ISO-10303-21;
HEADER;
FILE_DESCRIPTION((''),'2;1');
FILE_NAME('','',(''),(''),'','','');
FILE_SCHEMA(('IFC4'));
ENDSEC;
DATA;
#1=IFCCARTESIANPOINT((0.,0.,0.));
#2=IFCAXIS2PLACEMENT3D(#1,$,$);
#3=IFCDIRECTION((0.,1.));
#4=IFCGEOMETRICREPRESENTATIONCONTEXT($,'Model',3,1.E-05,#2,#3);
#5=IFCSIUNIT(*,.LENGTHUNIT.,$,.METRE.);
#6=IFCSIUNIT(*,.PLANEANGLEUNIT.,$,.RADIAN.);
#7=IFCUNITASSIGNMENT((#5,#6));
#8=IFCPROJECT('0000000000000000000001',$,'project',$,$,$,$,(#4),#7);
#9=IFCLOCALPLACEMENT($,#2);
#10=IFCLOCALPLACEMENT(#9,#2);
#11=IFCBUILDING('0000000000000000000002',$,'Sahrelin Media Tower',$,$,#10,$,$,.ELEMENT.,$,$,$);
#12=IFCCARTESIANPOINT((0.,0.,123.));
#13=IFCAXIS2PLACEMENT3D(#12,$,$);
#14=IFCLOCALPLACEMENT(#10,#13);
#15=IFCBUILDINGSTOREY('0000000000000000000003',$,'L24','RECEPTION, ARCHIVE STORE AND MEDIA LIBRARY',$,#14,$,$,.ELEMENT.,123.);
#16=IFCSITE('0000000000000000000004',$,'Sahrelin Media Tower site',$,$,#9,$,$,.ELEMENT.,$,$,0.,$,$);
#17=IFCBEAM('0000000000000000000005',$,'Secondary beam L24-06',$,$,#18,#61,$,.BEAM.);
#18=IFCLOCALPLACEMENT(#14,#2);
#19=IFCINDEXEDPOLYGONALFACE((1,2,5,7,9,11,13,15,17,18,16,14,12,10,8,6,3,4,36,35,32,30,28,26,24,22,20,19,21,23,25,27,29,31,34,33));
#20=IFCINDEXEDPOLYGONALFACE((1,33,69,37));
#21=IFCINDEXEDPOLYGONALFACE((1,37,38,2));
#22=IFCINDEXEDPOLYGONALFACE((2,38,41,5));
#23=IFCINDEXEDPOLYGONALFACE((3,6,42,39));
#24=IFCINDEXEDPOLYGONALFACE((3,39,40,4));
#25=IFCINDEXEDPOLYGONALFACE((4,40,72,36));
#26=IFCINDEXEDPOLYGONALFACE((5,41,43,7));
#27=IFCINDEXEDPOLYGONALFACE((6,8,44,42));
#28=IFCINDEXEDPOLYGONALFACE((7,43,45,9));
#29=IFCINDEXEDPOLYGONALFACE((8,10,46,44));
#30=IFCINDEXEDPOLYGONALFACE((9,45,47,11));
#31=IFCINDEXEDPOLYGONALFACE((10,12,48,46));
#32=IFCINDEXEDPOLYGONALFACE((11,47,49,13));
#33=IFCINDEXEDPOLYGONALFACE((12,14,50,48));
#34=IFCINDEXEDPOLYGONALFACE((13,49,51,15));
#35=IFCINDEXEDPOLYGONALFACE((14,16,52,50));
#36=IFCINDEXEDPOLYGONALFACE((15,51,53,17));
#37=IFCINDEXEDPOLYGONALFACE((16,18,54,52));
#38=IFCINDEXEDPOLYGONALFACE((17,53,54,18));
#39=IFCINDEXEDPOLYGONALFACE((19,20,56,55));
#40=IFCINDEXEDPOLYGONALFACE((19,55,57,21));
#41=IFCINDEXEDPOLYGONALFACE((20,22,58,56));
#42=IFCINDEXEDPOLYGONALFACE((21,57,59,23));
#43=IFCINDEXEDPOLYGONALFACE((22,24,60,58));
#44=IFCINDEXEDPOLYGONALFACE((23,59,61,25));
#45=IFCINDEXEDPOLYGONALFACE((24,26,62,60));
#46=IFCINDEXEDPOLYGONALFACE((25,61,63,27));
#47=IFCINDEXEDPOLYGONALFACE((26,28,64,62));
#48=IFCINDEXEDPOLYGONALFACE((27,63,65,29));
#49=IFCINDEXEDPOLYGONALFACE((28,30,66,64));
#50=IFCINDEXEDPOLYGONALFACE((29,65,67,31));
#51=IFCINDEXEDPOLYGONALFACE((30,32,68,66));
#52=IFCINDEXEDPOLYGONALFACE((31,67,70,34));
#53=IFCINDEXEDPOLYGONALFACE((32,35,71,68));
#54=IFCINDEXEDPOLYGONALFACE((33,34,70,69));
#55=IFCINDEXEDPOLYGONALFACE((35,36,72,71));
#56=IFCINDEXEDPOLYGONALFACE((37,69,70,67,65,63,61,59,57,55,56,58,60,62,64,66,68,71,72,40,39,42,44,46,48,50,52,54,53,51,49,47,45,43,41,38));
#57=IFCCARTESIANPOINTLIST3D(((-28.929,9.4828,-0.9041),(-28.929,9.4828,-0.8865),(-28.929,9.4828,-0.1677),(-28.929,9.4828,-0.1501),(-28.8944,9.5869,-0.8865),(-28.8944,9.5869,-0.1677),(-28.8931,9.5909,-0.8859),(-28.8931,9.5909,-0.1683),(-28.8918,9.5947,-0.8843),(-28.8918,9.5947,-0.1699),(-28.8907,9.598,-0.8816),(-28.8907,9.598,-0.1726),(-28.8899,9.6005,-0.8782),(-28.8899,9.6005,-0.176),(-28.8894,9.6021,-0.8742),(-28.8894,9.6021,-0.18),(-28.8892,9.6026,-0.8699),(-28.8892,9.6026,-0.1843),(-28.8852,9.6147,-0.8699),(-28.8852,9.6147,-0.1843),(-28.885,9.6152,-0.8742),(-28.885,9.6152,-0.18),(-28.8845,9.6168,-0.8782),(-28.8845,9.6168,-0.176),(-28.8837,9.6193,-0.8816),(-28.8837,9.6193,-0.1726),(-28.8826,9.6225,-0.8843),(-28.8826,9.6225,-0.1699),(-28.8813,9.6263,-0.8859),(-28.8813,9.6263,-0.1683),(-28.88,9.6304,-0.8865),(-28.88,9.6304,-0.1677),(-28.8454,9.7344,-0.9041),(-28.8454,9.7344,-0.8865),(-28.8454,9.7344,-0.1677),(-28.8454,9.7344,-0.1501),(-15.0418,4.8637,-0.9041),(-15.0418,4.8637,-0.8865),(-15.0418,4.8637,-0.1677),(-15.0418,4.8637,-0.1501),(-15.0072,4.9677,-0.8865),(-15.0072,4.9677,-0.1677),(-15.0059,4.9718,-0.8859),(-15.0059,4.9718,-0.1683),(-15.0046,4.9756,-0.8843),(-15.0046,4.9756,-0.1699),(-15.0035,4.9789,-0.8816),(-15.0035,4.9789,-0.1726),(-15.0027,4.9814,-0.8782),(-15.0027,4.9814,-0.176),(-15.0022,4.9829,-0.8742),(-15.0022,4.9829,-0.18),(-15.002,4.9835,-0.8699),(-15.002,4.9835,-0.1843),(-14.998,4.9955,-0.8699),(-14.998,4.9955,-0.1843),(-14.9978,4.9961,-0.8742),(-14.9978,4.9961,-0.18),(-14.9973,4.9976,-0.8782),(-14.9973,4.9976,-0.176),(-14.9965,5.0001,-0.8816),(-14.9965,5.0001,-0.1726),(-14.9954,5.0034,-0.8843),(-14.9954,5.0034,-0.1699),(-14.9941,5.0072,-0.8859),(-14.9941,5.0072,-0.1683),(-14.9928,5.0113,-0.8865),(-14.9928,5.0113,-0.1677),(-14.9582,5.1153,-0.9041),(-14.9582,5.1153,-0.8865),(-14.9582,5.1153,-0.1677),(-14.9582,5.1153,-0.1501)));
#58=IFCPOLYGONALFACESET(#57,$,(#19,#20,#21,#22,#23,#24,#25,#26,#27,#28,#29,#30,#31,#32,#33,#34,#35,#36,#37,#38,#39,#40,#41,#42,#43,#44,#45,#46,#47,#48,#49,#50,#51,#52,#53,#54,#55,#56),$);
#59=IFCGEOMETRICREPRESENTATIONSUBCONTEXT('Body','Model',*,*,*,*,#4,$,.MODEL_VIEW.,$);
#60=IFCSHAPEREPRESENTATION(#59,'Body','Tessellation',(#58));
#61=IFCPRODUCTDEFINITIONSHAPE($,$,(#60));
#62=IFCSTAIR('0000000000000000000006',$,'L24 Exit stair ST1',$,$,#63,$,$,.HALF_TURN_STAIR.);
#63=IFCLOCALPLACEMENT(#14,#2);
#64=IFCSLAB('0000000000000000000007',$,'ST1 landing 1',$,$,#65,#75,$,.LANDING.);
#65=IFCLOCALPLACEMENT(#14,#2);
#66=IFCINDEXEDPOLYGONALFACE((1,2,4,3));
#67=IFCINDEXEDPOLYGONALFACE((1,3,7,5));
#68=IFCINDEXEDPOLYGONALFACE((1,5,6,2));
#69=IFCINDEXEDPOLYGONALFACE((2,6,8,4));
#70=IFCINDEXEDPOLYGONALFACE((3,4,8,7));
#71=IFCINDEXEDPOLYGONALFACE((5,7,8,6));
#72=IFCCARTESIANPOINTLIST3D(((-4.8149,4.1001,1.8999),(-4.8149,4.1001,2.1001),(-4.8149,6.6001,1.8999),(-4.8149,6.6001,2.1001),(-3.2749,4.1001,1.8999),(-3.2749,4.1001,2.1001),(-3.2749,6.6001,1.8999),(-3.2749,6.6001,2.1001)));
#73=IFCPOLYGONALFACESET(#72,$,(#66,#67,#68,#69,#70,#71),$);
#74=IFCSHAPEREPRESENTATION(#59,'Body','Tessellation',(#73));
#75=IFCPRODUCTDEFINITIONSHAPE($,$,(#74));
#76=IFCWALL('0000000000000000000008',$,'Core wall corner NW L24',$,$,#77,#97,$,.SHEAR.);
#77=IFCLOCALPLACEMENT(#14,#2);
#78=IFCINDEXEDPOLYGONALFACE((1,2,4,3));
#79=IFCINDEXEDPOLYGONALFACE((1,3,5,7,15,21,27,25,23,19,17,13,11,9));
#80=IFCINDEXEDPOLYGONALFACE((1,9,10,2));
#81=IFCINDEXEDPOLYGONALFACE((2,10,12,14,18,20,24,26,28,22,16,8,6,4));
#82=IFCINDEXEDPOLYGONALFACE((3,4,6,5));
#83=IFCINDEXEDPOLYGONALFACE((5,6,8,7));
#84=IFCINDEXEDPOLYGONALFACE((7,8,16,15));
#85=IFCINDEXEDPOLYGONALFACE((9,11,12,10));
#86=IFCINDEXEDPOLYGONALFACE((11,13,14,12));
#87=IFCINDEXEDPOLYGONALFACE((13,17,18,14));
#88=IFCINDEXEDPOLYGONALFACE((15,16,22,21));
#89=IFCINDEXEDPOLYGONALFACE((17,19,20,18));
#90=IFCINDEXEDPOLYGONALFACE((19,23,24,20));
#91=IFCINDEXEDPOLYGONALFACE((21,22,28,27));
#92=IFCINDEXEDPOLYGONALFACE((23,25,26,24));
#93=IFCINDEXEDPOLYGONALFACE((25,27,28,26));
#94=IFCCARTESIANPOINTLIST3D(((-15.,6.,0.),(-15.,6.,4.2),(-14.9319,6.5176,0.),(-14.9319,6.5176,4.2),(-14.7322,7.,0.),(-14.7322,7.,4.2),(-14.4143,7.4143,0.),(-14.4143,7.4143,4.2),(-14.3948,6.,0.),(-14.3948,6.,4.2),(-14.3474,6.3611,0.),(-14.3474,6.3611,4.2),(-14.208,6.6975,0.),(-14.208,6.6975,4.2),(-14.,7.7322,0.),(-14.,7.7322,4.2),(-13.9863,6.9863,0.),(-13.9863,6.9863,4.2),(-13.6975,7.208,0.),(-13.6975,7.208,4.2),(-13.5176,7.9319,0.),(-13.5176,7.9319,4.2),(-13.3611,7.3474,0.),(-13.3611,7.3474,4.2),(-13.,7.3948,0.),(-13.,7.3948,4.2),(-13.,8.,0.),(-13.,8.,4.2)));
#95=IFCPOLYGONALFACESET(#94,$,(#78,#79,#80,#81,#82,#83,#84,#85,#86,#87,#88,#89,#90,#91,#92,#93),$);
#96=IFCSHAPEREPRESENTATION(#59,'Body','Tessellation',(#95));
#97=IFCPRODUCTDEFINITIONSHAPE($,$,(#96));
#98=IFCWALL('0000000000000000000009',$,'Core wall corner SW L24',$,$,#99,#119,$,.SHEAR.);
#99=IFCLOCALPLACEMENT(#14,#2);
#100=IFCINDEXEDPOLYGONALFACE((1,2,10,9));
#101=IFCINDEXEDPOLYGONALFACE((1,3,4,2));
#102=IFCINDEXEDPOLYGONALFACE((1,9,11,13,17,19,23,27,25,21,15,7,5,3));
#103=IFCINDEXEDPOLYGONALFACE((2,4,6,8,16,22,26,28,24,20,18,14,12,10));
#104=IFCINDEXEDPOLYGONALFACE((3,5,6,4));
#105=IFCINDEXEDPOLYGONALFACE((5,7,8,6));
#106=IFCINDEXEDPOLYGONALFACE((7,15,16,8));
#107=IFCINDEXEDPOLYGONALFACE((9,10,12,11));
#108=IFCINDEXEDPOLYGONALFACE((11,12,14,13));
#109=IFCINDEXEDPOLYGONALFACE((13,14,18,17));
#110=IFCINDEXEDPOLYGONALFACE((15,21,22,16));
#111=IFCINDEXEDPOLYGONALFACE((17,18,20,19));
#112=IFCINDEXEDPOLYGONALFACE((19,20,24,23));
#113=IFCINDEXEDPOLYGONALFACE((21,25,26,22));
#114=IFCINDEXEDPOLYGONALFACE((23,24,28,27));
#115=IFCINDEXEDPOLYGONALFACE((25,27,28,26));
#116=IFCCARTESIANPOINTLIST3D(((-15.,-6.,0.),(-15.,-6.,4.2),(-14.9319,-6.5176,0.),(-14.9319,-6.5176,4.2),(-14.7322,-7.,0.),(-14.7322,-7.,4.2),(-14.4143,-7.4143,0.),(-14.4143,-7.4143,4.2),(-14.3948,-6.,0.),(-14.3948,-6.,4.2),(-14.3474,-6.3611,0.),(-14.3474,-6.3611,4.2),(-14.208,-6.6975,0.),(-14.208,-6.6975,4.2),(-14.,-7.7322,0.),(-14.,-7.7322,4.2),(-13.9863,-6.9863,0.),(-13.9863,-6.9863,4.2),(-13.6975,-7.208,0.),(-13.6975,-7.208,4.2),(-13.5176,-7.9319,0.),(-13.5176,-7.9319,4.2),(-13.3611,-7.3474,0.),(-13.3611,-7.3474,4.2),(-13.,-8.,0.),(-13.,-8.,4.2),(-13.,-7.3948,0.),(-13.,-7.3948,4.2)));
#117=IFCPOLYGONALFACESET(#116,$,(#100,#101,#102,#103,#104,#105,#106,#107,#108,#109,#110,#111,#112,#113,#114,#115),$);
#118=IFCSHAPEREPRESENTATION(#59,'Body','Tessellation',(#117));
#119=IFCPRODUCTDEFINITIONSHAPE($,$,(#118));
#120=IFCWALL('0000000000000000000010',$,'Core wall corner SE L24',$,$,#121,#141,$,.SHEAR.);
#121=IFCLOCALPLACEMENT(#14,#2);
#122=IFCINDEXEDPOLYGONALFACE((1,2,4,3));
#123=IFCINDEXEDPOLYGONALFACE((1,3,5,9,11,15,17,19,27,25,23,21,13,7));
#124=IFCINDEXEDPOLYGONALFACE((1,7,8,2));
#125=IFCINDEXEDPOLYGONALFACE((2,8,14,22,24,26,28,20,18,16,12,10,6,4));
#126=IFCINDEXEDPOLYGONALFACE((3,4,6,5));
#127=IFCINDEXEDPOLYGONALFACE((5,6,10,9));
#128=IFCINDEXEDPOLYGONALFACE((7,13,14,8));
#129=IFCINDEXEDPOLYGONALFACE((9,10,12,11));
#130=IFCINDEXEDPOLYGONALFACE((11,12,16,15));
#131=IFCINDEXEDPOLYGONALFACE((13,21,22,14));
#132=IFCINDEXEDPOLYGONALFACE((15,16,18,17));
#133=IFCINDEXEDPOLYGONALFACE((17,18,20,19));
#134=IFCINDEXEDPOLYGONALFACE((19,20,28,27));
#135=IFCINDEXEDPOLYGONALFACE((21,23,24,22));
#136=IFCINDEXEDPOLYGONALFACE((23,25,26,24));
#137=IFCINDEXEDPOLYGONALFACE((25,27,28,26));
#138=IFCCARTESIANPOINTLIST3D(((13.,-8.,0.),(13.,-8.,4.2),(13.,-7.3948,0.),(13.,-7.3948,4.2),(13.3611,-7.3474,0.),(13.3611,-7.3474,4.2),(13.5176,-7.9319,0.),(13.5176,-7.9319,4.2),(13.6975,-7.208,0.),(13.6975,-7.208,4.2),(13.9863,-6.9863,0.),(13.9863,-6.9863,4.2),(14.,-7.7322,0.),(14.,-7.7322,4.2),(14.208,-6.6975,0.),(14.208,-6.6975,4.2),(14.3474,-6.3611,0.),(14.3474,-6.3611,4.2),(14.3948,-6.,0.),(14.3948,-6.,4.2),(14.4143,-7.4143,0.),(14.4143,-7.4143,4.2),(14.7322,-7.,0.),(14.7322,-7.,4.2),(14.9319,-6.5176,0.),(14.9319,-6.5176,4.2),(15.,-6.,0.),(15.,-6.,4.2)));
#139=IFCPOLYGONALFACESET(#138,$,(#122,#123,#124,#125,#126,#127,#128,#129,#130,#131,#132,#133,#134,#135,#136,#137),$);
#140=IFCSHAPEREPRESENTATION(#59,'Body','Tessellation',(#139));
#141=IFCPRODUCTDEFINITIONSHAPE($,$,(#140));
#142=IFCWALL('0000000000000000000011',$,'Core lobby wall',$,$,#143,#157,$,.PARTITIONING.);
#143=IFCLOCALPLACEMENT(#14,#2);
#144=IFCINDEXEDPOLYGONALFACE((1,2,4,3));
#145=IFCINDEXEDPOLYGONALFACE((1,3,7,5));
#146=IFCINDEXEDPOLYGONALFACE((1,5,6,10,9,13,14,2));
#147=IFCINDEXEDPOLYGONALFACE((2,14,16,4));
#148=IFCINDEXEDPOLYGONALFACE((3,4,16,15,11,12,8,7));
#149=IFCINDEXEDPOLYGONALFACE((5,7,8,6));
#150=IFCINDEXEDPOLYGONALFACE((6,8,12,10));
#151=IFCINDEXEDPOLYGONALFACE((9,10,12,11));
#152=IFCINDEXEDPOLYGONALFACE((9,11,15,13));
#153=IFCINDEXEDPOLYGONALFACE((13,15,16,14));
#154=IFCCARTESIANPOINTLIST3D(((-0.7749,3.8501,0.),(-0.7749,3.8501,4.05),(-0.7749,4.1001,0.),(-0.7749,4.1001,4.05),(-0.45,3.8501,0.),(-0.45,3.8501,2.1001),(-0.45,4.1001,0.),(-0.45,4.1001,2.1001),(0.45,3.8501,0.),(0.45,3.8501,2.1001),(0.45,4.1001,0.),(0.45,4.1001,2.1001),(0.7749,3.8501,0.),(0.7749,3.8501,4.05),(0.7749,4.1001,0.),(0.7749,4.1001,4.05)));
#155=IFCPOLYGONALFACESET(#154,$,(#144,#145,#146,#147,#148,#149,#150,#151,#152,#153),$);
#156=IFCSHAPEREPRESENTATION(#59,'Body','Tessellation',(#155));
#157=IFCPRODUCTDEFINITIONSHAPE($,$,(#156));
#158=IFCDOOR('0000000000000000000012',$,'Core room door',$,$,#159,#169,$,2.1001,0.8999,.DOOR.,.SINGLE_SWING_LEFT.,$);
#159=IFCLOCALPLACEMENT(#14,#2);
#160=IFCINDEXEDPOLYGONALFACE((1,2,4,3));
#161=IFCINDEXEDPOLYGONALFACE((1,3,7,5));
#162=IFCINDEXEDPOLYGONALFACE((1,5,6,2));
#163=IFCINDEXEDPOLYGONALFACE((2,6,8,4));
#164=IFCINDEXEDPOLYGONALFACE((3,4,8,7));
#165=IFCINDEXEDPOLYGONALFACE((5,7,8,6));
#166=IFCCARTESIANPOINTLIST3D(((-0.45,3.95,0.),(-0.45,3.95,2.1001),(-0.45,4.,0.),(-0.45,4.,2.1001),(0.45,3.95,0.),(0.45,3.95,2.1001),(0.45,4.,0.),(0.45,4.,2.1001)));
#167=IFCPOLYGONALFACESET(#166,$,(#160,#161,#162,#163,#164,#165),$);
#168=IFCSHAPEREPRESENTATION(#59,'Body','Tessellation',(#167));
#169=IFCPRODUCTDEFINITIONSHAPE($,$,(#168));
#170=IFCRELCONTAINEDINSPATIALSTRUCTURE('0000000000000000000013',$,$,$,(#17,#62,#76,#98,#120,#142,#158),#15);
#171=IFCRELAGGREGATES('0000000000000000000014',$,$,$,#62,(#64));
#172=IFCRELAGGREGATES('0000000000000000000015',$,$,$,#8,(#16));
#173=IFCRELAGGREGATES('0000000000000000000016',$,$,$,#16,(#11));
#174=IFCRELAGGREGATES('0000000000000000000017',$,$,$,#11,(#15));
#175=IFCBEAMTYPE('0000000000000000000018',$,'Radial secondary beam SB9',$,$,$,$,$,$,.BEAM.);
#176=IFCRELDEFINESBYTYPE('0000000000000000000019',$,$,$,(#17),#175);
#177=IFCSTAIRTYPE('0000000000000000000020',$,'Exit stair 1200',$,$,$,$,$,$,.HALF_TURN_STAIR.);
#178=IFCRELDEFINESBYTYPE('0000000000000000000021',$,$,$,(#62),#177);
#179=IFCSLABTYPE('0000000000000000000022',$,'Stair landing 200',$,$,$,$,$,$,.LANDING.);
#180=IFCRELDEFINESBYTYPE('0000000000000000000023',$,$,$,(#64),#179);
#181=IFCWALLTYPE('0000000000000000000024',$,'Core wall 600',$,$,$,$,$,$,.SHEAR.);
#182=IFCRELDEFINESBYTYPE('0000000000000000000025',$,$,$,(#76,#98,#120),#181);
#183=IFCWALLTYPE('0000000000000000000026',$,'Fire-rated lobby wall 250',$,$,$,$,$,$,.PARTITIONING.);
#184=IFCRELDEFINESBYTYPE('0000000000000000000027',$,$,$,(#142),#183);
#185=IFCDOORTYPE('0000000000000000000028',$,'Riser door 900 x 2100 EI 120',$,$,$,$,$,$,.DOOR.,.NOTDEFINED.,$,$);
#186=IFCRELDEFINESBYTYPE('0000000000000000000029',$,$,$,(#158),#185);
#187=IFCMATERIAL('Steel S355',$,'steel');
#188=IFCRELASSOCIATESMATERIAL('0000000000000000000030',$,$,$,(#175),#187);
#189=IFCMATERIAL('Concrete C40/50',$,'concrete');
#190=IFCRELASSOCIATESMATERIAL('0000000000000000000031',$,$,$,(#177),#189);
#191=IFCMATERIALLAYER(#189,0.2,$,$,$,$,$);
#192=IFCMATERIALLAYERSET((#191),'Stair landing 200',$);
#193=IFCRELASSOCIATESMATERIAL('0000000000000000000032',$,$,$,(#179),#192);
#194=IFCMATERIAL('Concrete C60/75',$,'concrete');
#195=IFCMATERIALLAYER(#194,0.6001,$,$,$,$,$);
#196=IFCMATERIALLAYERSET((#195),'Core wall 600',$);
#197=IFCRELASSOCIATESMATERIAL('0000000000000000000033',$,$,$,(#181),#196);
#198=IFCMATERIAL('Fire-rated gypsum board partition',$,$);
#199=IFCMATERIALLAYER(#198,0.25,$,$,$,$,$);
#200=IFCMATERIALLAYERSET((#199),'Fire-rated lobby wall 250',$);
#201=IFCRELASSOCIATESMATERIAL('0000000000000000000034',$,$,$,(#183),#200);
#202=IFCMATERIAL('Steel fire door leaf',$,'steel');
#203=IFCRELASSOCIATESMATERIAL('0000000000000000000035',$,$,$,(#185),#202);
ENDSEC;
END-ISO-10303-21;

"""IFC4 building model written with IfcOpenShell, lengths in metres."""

from ifc_helpers import new_model, si_unit, direction, frame, frame_2d, origin, origin_2d, place, context, subcontext, project, spatial, polyline, rectangle, i_section, outline, extrude, material, layer, layer_set, material_profile, profile_set, type_object, element, fill, aggregate, save


model = new_model("IFC4")

# Units and contexts
model_context = context("Model", 3, precision=1e-05, world=origin(), true_north=direction((0.0, 1.0)))
body_context = subcontext(model_context, "Body", "Model", "MODEL_VIEW")
ifc_project = project(units=[si_unit("LENGTHUNIT", "METRE"), si_unit("PLANEANGLEUNIT", "RADIAN")], contexts=[model_context])

# Site, building, storey
site_placement = place(None, origin())
site = spatial("IfcSite", under=ifc_project, at=site_placement, Name="Sahrelin Media Tower site", CompositionType="ELEMENT", RefElevation=0.0)
building_placement = place(site_placement, origin())
building = spatial("IfcBuilding", under=site, at=building_placement, Name="Sahrelin Media Tower", CompositionType="ELEMENT")
storey_placement = place(building_placement, frame((0.0, 0.0, 123.0)))
storey = spatial("IfcBuildingStorey", under=building, at=storey_placement, Name="L24", Description="RECEPTION, ARCHIVE STORE AND MEDIA LIBRARY", CompositionType="ELEMENT", Elevation=123.0)

# Beam
ifc_material_1 = material(Name="Steel S355", Category="steel")
ifc_material_profile_1 = material_profile(ifc_material_1, i_section(OverallWidth=0.2651, OverallDepth=0.7539, WebThickness=0.0127, FlangeThickness=0.0176, FilletRadius=0.0166, at=origin_2d()), Name="UB 762x267x147")
ifc_profile_set_1 = profile_set([ifc_material_profile_1], Name="Steel S355")
beam_type_1 = type_object("IfcBeamType", Name="Radial secondary beam SB9", PredefinedType="BEAM", material=ifc_profile_set_1)
beam_1_placement = place(storey_placement, frame((-15.0, 4.9895, -0.5271), z_axis=(-0.948887, 0.315617, 0.0), x_axis=(-0.315617, -0.948887, 0.0)))
element("IfcBeam", 1, at=beam_1_placement, inside=storey, type_object=beam_type_1, Name="Secondary beam L24-06", PredefinedType="BEAM", context=body_context, shape_type="SweptSolid", body=[
    extrude(i_section(OverallWidth=0.2651, OverallDepth=0.7539, WebThickness=0.0127, FlangeThickness=0.0176, FilletRadius=0.0166, at=origin_2d()), origin(), (0.0, 0.0, 1.0), 14.6353),
])

# Stair, slab
ifc_material_2 = material(Name="Concrete C40/50", Category="concrete")
stair_type = type_object("IfcStairType", Name="Exit stair 1200", PredefinedType="HALF_TURN_STAIR", material=ifc_material_2)
placement = place(storey_placement, origin())
stair = element("IfcStair", 2, at=placement, inside=storey, type_object=stair_type, Name="L24 Exit stair ST1", PredefinedType="HALF_TURN_STAIR")
ifc_layer_1 = layer(ifc_material_2, 0.2)
ifc_layer_set_1 = layer_set([ifc_layer_1], Name="Stair landing 200")
slab_type = type_object("IfcSlabType", Name="Stair landing 200", PredefinedType="LANDING", material=ifc_layer_set_1)
slab_placement = place(storey_placement, frame((0.0, 0.0, 1.8999)))
slab = element("IfcSlab", 3, at=slab_placement, type_object=slab_type, Name="ST1 landing 1", PredefinedType="LANDING", context=body_context, shape_type="SweptSolid", body=[
    extrude(outline(polyline([(-4.8149, 4.1001), (-3.2749, 4.1001), (-3.2749, 6.6001), (-4.8149, 6.6001), (-4.8149, 4.1001)])), origin(), (0.0, 0.0, 1.0), 0.2002),
])
aggregate(stair, [slab])

# Walls
ifc_material_3 = material(Name="Concrete C60/75", Category="concrete")
ifc_layer_2 = layer(ifc_material_3, 0.6001)
ifc_layer_set_2 = layer_set([ifc_layer_2], Name="Core wall 600")
wall_type_1 = type_object("IfcWallType", Name="Core wall 600", PredefinedType="SHEAR", material=ifc_layer_set_2)
element("IfcWall", 4, at=placement, inside=storey, type_object=wall_type_1, Name="Core wall corner NW L24", PredefinedType="SHEAR", context=body_context, shape_type="SweptSolid", body=[
    extrude(outline(polyline([(-15.0, 6.0), (-14.3948, 6.0), (-14.3474, 6.3611), (-14.208, 6.6975), (-13.9863, 6.9863), (-13.6975, 7.208), (-13.3611, 7.3474), (-13.0, 7.3948), (-13.0, 8.0), (-13.5176, 7.9319), (-14.0, 7.7322), (-14.4143, 7.4143), (-14.7322, 7.0), (-14.9319, 6.5176), (-15.0, 6.0)])), origin(), (0.0, 0.0, 1.0), 4.2),
])
element("IfcWall", 5, at=placement, inside=storey, type_object=wall_type_1, Name="Core wall corner SW L24", PredefinedType="SHEAR", context=body_context, shape_type="SweptSolid", body=[
    extrude(outline(polyline([(-13.0, -8.0), (-13.0, -7.3948), (-13.3611, -7.3474), (-13.6975, -7.208), (-13.9863, -6.9863), (-14.208, -6.6975), (-14.3474, -6.3611), (-14.3948, -6.0), (-15.0, -6.0), (-14.9319, -6.5176), (-14.7322, -7.0), (-14.4143, -7.4143), (-14.0, -7.7322), (-13.5176, -7.9319), (-13.0, -8.0)])), origin(), (0.0, 0.0, 1.0), 4.2),
])
element("IfcWall", 6, at=placement, inside=storey, type_object=wall_type_1, Name="Core wall corner SE L24", PredefinedType="SHEAR", context=body_context, shape_type="SweptSolid", body=[
    extrude(outline(polyline([(15.0, -6.0), (14.3948, -6.0), (14.3474, -6.3611), (14.208, -6.6975), (13.9863, -6.9863), (13.6975, -7.208), (13.3611, -7.3474), (13.0, -7.3948), (13.0, -8.0), (13.5176, -7.9319), (14.0, -7.7322), (14.4143, -7.4143), (14.7322, -7.0), (14.9319, -6.5176), (15.0, -6.0)])), origin(), (0.0, 0.0, 1.0), 4.2),
])

# Wall, opening, door
ifc_material_4 = material(Name="Fire-rated gypsum board partition")
ifc_layer_3 = layer(ifc_material_4, 0.25)
ifc_layer_set_3 = layer_set([ifc_layer_3], Name="Fire-rated lobby wall 250")
wall_type_2 = type_object("IfcWallType", Name="Fire-rated lobby wall 250", PredefinedType="PARTITIONING", material=ifc_layer_set_3)
wall_1_placement = place(storey_placement, frame((-0.7749, 3.9751, 0.0), z_axis=(0.0, 0.0, 1.0), x_axis=(1.0, 0.0, 0.0)))
wall_1 = element("IfcWall", 7, at=wall_1_placement, inside=storey, type_object=wall_type_2, Name="Core lobby wall", PredefinedType="PARTITIONING", context=body_context, shape_type="SweptSolid", body=[
    extrude(rectangle(XDim=1.5498, YDim=0.25, at=frame_2d((0.7749, 0.0))), origin(), (0.0, 0.0, 1.0), 4.05),
])
opening_1_placement = place(wall_1_placement, frame((0.325, 0.0, 0.0)))
opening_1 = element("IfcOpeningElement", 8, at=opening_1_placement, cuts=wall_1, PredefinedType="OPENING", context=body_context, shape_type="SweptSolid", body=[
    extrude(rectangle(XDim=0.8999, YDim=2.1001, at=frame_2d((0.45, 1.05))), frame((0.0, 0.125, 0.0), z_axis=(0.0, -1.0, 0.0), x_axis=(1.0, 0.0, 0.0)), (0.0, 0.0, 1.0), 0.25),
])
ifc_material_5 = material(Name="Steel fire door leaf", Category="steel")
door_type_1 = type_object("IfcDoorType", Name="Riser door 900 x 2100 EI 120", OperationType="NOTDEFINED", PredefinedType="DOOR", material=ifc_material_5)
door_1_placement = place(opening_1_placement, origin())
door_1 = element("IfcDoor", 9, at=door_1_placement, inside=storey, type_object=door_type_1, Name="Core room door", OperationType="SINGLE_SWING_LEFT", OverallHeight=2.1001, OverallWidth=0.8999, PredefinedType="DOOR", context=body_context, shape_type="SweptSolid", body=[
    extrude(rectangle(XDim=0.8999, YDim=2.1001, at=frame_2d((0.45, 1.05))), frame((0.0, 0.0249, 0.0), z_axis=(0.0, -1.0, 0.0), x_axis=(1.0, 0.0, 0.0)), (0.0, 0.0, 1.0), 0.05),
])
fill(opening_1, door_1)

save(model, "model.ifc")
